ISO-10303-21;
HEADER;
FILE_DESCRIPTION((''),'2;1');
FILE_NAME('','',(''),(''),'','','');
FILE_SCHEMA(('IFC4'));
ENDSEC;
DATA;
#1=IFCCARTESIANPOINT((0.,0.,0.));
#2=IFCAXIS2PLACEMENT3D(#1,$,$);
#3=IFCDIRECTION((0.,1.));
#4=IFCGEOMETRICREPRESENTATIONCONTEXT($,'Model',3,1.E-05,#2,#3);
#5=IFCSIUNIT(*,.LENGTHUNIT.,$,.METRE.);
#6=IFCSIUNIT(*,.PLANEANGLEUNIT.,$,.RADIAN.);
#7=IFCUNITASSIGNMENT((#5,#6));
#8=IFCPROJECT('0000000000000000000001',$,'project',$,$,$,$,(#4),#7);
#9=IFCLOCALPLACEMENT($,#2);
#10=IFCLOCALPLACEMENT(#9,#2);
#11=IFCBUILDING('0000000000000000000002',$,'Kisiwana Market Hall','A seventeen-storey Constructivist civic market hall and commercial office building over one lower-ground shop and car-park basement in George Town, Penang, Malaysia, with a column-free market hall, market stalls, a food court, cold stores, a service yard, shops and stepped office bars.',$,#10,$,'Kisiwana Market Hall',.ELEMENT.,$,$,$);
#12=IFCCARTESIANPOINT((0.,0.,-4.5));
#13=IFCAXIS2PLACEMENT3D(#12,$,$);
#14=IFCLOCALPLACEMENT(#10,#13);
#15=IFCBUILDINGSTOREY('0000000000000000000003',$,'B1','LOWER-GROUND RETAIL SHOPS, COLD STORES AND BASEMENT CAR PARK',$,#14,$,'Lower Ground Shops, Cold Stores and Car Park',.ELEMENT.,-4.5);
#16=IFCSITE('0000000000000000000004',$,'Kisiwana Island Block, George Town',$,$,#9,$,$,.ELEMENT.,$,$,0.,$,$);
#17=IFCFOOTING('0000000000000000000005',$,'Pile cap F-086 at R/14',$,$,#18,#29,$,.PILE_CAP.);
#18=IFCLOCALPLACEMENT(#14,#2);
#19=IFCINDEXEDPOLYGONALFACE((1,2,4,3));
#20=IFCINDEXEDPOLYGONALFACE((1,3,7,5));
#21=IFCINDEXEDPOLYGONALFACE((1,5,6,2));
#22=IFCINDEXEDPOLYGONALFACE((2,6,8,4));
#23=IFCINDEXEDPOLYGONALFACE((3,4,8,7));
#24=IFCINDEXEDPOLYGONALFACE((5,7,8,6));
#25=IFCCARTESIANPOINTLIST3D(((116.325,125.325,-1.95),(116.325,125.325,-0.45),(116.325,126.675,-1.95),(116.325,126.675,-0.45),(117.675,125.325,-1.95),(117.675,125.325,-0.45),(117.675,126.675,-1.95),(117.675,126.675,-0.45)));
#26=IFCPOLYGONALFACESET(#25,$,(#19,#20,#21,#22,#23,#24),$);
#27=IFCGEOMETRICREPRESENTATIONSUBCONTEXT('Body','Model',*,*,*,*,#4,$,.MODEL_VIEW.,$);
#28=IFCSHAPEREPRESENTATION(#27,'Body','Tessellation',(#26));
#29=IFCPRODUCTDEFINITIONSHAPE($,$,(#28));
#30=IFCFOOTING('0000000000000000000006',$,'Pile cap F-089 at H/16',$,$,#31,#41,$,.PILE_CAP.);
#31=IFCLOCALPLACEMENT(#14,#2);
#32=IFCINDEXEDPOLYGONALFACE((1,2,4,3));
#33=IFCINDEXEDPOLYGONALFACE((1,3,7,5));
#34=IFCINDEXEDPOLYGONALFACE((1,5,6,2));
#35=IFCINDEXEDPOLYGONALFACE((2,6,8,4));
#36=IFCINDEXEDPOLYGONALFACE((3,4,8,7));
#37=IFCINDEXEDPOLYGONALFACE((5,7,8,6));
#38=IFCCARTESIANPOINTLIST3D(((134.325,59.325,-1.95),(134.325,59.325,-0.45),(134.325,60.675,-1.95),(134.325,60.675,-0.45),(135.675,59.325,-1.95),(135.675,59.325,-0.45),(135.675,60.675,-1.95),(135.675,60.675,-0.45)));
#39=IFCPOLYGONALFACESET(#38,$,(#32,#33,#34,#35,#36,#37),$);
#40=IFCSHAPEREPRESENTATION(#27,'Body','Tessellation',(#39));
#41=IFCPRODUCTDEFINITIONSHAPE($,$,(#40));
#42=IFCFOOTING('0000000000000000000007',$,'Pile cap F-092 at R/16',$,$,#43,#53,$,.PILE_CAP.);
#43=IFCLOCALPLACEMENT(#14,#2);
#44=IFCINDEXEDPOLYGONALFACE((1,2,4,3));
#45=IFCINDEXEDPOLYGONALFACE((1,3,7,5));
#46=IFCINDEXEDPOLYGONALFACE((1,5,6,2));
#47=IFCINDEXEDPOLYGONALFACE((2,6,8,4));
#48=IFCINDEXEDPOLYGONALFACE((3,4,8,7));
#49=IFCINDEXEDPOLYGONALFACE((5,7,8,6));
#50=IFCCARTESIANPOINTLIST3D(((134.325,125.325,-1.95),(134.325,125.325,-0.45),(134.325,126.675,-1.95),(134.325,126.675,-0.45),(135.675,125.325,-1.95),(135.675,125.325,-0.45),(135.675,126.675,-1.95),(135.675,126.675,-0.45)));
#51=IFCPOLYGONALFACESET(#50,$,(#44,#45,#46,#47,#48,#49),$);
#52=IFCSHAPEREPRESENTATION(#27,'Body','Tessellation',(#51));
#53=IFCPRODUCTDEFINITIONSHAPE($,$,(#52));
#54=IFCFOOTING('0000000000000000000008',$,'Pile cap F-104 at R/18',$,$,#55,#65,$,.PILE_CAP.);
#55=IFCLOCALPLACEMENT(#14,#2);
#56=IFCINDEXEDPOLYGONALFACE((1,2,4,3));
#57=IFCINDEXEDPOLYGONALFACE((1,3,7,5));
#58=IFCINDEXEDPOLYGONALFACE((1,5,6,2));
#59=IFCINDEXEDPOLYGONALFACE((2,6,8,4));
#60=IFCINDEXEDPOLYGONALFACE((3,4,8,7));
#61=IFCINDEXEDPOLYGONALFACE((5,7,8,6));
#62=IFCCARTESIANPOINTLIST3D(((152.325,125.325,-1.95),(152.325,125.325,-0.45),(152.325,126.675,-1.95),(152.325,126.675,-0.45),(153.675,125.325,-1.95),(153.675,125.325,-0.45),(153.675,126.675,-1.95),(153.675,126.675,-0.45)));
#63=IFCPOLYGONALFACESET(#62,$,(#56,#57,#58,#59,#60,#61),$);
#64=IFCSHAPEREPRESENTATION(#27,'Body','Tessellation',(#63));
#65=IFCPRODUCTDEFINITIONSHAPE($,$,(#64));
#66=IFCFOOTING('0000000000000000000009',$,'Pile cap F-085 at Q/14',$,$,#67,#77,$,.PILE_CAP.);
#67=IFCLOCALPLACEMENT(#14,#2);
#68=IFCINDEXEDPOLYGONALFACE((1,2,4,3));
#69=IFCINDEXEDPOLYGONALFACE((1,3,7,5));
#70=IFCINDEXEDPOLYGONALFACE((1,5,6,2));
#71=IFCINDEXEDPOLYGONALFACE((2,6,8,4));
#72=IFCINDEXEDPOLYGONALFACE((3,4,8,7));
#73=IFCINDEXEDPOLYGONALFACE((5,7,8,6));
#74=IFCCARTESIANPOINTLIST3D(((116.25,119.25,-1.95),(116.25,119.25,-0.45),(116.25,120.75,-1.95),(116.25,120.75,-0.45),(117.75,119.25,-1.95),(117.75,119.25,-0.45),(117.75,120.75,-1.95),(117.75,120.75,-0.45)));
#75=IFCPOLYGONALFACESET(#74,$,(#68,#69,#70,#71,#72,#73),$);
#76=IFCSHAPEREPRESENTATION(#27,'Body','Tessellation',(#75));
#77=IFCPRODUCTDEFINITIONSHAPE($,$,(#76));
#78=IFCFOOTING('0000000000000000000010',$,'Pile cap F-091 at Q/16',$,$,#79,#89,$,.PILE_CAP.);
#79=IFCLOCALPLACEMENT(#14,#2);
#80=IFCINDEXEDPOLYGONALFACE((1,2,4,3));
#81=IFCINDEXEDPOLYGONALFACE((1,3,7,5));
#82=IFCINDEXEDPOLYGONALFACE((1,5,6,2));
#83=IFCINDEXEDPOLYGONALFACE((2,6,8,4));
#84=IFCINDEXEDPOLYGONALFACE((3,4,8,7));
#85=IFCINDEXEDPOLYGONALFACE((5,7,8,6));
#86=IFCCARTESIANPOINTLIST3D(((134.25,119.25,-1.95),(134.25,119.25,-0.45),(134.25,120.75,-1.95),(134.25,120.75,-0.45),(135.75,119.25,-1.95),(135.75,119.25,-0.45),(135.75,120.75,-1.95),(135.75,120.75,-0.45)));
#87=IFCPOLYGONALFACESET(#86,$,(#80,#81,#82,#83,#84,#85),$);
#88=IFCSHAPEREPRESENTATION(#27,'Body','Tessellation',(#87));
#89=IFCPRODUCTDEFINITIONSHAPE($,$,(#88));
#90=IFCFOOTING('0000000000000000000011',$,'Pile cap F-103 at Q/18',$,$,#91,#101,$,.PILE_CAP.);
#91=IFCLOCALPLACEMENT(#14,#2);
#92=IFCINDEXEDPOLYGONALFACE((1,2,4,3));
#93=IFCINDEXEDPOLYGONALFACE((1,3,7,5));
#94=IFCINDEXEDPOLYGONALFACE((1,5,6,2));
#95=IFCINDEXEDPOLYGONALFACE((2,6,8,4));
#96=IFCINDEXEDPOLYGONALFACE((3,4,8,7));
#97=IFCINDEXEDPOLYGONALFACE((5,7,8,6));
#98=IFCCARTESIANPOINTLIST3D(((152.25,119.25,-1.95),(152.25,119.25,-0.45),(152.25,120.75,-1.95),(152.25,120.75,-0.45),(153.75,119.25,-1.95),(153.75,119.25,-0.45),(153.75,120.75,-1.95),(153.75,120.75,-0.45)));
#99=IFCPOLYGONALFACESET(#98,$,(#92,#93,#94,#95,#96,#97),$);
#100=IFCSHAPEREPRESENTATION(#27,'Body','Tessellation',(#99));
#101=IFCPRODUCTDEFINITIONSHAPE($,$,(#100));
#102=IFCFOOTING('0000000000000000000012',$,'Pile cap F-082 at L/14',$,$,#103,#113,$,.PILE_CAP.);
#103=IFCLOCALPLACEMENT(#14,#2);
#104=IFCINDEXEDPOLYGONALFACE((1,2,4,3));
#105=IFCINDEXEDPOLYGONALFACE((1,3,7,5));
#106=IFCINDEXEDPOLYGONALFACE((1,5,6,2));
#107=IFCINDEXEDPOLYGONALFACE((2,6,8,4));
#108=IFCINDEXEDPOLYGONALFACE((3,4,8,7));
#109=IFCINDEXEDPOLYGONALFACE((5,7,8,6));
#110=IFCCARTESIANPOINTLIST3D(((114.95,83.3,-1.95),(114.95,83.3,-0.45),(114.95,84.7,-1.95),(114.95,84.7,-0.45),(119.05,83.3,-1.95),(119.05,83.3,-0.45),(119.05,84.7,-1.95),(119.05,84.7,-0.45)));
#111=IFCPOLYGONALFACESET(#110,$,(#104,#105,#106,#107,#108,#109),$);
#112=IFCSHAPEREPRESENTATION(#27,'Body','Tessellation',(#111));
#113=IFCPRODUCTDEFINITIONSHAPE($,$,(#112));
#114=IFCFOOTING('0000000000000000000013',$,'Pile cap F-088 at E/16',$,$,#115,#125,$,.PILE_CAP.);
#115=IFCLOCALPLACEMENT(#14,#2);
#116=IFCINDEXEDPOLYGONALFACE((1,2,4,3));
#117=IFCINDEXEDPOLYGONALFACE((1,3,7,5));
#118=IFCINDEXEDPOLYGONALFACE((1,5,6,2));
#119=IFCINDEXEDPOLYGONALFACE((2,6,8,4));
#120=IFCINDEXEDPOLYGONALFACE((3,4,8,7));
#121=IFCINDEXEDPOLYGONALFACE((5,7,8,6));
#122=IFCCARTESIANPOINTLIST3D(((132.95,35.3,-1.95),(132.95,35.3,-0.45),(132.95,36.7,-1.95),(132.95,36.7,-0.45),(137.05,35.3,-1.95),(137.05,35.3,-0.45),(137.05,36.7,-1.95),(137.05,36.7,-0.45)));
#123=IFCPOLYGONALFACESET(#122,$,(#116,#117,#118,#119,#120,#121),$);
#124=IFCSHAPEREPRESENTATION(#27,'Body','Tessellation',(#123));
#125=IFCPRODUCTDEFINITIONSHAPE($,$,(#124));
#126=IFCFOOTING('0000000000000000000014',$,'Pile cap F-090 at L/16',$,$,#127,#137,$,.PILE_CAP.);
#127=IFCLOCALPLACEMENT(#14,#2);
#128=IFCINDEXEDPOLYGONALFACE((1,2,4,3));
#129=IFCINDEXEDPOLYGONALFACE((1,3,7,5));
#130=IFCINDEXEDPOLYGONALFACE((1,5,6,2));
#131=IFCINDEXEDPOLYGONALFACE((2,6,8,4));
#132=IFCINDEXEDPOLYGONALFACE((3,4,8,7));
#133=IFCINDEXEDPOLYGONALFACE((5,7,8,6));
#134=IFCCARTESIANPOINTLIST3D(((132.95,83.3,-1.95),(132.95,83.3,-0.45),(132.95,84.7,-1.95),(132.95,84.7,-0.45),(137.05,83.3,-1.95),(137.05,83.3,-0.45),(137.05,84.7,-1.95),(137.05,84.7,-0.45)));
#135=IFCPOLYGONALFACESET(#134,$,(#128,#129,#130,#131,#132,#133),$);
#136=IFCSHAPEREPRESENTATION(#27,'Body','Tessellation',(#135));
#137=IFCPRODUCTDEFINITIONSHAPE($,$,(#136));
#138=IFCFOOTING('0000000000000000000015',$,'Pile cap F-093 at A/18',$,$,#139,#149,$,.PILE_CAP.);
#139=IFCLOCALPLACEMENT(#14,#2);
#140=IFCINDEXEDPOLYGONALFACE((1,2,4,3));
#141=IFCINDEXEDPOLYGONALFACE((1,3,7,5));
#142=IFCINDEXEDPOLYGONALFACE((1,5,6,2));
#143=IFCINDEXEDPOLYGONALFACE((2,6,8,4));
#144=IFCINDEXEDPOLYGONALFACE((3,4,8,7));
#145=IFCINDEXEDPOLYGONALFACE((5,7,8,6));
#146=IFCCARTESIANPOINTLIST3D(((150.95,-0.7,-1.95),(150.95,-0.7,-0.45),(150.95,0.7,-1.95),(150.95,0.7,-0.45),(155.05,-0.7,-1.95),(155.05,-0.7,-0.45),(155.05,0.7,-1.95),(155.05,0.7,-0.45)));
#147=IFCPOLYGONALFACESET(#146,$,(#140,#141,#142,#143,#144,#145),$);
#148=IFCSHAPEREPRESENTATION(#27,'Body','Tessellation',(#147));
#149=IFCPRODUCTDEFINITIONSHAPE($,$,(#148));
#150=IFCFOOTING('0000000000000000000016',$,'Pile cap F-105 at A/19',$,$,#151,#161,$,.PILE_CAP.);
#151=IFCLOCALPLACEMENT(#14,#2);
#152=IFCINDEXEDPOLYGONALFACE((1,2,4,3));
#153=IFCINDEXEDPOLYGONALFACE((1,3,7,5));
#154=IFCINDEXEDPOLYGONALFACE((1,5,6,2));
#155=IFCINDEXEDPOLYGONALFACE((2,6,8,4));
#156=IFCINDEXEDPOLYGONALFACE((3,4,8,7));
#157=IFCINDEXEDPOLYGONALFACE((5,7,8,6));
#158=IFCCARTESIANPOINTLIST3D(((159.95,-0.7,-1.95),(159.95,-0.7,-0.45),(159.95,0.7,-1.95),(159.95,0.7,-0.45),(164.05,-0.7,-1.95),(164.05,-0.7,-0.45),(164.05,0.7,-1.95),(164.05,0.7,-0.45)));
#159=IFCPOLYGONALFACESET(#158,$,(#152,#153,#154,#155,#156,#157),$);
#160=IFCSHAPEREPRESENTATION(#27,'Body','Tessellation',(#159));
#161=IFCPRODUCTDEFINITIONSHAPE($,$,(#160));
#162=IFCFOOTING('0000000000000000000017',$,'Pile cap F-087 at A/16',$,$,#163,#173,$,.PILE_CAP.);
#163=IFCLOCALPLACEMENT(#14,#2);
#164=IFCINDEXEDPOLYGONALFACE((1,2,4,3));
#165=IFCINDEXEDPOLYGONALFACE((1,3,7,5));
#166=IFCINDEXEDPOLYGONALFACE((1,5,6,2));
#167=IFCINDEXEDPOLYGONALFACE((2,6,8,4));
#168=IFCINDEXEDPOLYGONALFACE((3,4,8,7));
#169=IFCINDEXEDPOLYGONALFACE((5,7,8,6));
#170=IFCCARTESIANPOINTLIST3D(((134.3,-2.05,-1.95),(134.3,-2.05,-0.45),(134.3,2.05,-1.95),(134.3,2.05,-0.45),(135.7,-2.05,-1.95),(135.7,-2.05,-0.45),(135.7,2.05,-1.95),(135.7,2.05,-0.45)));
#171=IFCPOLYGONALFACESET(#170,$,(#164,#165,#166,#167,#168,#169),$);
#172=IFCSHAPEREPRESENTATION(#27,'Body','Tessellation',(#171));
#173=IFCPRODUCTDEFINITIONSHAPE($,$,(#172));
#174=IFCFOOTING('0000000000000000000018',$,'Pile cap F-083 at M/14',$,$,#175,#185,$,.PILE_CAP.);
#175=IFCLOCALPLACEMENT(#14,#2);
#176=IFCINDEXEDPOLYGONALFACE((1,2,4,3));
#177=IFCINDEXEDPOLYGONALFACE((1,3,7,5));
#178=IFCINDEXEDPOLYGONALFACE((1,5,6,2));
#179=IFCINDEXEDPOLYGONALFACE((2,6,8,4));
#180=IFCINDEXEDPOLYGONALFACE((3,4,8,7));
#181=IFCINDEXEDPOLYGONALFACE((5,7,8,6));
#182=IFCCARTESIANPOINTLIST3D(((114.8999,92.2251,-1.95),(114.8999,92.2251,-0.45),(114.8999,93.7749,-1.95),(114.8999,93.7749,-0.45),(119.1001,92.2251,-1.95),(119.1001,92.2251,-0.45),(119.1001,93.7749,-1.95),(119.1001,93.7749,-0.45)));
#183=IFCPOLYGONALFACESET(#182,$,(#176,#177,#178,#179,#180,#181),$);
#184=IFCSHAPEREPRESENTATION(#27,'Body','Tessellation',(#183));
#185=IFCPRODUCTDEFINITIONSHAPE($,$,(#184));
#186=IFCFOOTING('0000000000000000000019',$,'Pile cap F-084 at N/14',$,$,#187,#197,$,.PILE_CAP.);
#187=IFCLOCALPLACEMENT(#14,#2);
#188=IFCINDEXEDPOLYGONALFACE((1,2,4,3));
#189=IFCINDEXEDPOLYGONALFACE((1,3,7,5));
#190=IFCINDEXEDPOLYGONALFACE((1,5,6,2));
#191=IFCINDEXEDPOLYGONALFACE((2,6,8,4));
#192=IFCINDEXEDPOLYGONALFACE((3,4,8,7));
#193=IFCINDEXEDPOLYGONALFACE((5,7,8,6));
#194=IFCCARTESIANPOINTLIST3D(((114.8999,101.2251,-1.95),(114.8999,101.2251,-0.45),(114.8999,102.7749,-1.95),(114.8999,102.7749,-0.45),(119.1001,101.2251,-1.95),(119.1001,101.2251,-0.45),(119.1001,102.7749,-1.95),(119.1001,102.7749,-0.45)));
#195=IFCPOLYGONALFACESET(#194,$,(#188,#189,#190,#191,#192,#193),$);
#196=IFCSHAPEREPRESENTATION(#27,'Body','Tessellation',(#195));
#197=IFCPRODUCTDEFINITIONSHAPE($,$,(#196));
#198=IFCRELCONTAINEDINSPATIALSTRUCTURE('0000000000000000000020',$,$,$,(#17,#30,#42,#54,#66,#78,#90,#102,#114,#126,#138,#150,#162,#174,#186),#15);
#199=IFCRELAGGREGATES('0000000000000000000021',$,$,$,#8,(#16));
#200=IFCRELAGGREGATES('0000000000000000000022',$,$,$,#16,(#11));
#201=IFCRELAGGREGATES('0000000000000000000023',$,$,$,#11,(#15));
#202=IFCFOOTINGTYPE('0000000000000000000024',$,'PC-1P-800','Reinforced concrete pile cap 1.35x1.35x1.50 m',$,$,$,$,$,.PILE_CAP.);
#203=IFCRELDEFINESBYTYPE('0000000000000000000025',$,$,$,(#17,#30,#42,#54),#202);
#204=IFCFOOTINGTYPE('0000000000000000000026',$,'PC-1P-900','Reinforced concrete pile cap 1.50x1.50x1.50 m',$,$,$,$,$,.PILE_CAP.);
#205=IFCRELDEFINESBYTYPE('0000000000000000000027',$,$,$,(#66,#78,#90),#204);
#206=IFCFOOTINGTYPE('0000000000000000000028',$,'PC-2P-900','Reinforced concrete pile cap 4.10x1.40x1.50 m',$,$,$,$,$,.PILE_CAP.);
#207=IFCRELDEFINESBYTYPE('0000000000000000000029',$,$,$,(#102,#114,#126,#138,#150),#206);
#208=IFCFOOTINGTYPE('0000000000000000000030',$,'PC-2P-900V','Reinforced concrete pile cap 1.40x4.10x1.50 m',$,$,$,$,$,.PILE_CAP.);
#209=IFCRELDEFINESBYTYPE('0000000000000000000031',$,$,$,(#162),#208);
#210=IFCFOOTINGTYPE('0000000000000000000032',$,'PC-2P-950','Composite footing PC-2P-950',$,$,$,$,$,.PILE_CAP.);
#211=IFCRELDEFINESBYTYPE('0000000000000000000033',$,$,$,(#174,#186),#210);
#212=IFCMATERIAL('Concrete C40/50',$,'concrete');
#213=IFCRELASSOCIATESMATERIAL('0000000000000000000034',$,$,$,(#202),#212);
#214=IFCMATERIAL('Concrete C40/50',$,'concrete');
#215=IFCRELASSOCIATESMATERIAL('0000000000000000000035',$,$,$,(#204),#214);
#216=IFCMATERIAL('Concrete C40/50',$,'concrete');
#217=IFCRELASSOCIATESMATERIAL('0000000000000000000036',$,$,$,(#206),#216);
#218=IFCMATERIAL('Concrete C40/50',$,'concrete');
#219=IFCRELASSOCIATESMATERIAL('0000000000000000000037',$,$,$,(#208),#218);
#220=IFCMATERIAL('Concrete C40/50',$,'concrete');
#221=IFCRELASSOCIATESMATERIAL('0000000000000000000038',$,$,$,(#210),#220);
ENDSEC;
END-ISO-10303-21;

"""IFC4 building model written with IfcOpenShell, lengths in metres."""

from ifc_helpers import new_model, si_unit, direction, frame, origin, place, context, subcontext, project, spatial, polyline, outline, extrude, material, type_object, element, save


model = new_model("IFC4")

# Units and contexts
model_context = context("Model", 3, precision=1e-05, world=origin(), true_north=direction((0.0, 1.0)))
body_context = subcontext(model_context, "Body", "Model", "MODEL_VIEW")
ifc_project = project(units=[si_unit("LENGTHUNIT", "METRE"), si_unit("PLANEANGLEUNIT", "RADIAN")], contexts=[model_context])

# Site, building, storey
site_placement = place(None, origin())
site = spatial("IfcSite", under=ifc_project, at=site_placement, Name="Kisiwana Island Block, George Town", CompositionType="ELEMENT", RefElevation=0.0)
building_placement = place(site_placement, origin())
building = spatial("IfcBuilding", under=site, at=building_placement, Name="Kisiwana Market Hall", Description="A seventeen-storey Constructivist civic market hall and commercial office building over one lower-ground shop and car-park basement in George Town, Penang, Malaysia, with a column-free market hall, market stalls, a food court, cold stores, a service yard, shops and stepped office bars.", LongName="Kisiwana Market Hall", CompositionType="ELEMENT")
storey_placement = place(building_placement, frame((0.0, 0.0, -4.5)))
storey = spatial("IfcBuildingStorey", under=building, at=storey_placement, Name="B1", Description="LOWER-GROUND RETAIL SHOPS, COLD STORES AND BASEMENT CAR PARK", LongName="Lower Ground Shops, Cold Stores and Car Park", CompositionType="ELEMENT", Elevation=-4.5)

# Footings
ifc_material_1 = material(Name="Concrete C40/50", Category="concrete")
footing_type_1 = type_object("IfcFootingType", Name="PC-1P-800", Description="Reinforced concrete pile cap 1.35x1.35x1.50 m", PredefinedType="PILE_CAP", material=ifc_material_1)
footing_1_placement = place(storey_placement, frame((0.0, 0.0, -1.95)))
element("IfcFooting", 1, at=footing_1_placement, inside=storey, type_object=footing_type_1, Name="Pile cap F-086 at R/14", PredefinedType="PILE_CAP", context=body_context, shape_type="SweptSolid", body=[
    extrude(outline(polyline([(116.325, 125.325), (117.675, 125.325), (117.675, 126.675), (116.325, 126.675), (116.325, 125.325)])), origin(), (0.0, 0.0, 1.0), 1.5),
])
footing_2_placement = place(storey_placement, frame((0.0, 0.0, -1.95)))
element("IfcFooting", 2, at=footing_2_placement, inside=storey, type_object=footing_type_1, Name="Pile cap F-089 at H/16", PredefinedType="PILE_CAP", context=body_context, shape_type="SweptSolid", body=[
    extrude(outline(polyline([(134.325, 59.325), (135.675, 59.325), (135.675, 60.675), (134.325, 60.675), (134.325, 59.325)])), origin(), (0.0, 0.0, 1.0), 1.5),
])
footing_3_placement = place(storey_placement, frame((0.0, 0.0, -1.95)))
element("IfcFooting", 3, at=footing_3_placement, inside=storey, type_object=footing_type_1, Name="Pile cap F-092 at R/16", PredefinedType="PILE_CAP", context=body_context, shape_type="SweptSolid", body=[
    extrude(outline(polyline([(134.325, 125.325), (135.675, 125.325), (135.675, 126.675), (134.325, 126.675), (134.325, 125.325)])), origin(), (0.0, 0.0, 1.0), 1.5),
])
footing_4_placement = place(storey_placement, frame((0.0, 0.0, -1.95)))
element("IfcFooting", 4, at=footing_4_placement, inside=storey, type_object=footing_type_1, Name="Pile cap F-104 at R/18", PredefinedType="PILE_CAP", context=body_context, shape_type="SweptSolid", body=[
    extrude(outline(polyline([(152.325, 125.325), (153.675, 125.325), (153.675, 126.675), (152.325, 126.675), (152.325, 125.325)])), origin(), (0.0, 0.0, 1.0), 1.5),
])
ifc_material_2 = material(Name="Concrete C40/50", Category="concrete")
footing_type_2 = type_object("IfcFootingType", Name="PC-1P-900", Description="Reinforced concrete pile cap 1.50x1.50x1.50 m", PredefinedType="PILE_CAP", material=ifc_material_2)
footing_5_placement = place(storey_placement, frame((0.0, 0.0, -1.95)))
element("IfcFooting", 5, at=footing_5_placement, inside=storey, type_object=footing_type_2, Name="Pile cap F-085 at Q/14", PredefinedType="PILE_CAP", context=body_context, shape_type="SweptSolid", body=[
    extrude(outline(polyline([(116.25, 119.25), (117.75, 119.25), (117.75, 120.75), (116.25, 120.75), (116.25, 119.25)])), origin(), (0.0, 0.0, 1.0), 1.5),
])
footing_6_placement = place(storey_placement, frame((0.0, 0.0, -1.95)))
element("IfcFooting", 6, at=footing_6_placement, inside=storey, type_object=footing_type_2, Name="Pile cap F-091 at Q/16", PredefinedType="PILE_CAP", context=body_context, shape_type="SweptSolid", body=[
    extrude(outline(polyline([(134.25, 119.25), (135.75, 119.25), (135.75, 120.75), (134.25, 120.75), (134.25, 119.25)])), origin(), (0.0, 0.0, 1.0), 1.5),
])
footing_7_placement = place(storey_placement, frame((0.0, 0.0, -1.95)))
element("IfcFooting", 7, at=footing_7_placement, inside=storey, type_object=footing_type_2, Name="Pile cap F-103 at Q/18", PredefinedType="PILE_CAP", context=body_context, shape_type="SweptSolid", body=[
    extrude(outline(polyline([(152.25, 119.25), (153.75, 119.25), (153.75, 120.75), (152.25, 120.75), (152.25, 119.25)])), origin(), (0.0, 0.0, 1.0), 1.5),
])
ifc_material_3 = material(Name="Concrete C40/50", Category="concrete")
footing_type_3 = type_object("IfcFootingType", Name="PC-2P-900", Description="Reinforced concrete pile cap 4.10x1.40x1.50 m", PredefinedType="PILE_CAP", material=ifc_material_3)
footing_8_placement = place(storey_placement, frame((0.0, 0.0, -1.95)))
element("IfcFooting", 8, at=footing_8_placement, inside=storey, type_object=footing_type_3, Name="Pile cap F-082 at L/14", PredefinedType="PILE_CAP", context=body_context, shape_type="SweptSolid", body=[
    extrude(outline(polyline([(114.95, 83.3), (119.05, 83.3), (119.05, 84.7), (114.95, 84.7), (114.95, 83.3)])), origin(), (0.0, 0.0, 1.0), 1.5),
])
footing_9_placement = place(storey_placement, frame((0.0, 0.0, -1.95)))
element("IfcFooting", 9, at=footing_9_placement, inside=storey, type_object=footing_type_3, Name="Pile cap F-088 at E/16", PredefinedType="PILE_CAP", context=body_context, shape_type="SweptSolid", body=[
    extrude(outline(polyline([(132.95, 35.3), (137.05, 35.3), (137.05, 36.7), (132.95, 36.7), (132.95, 35.3)])), origin(), (0.0, 0.0, 1.0), 1.5),
])
footing_10_placement = place(storey_placement, frame((0.0, 0.0, -1.95)))
element("IfcFooting", 10, at=footing_10_placement, inside=storey, type_object=footing_type_3, Name="Pile cap F-090 at L/16", PredefinedType="PILE_CAP", context=body_context, shape_type="SweptSolid", body=[
    extrude(outline(polyline([(132.95, 83.3), (137.05, 83.3), (137.05, 84.7), (132.95, 84.7), (132.95, 83.3)])), origin(), (0.0, 0.0, 1.0), 1.5),
])
footing_11_placement = place(storey_placement, frame((0.0, 0.0, -1.95)))
element("IfcFooting", 11, at=footing_11_placement, inside=storey, type_object=footing_type_3, Name="Pile cap F-093 at A/18", PredefinedType="PILE_CAP", context=body_context, shape_type="SweptSolid", body=[
    extrude(outline(polyline([(150.95, -0.7), (155.05, -0.7), (155.05, 0.7), (150.95, 0.7), (150.95, -0.7)])), origin(), (0.0, 0.0, 1.0), 1.5),
])
footing_12_placement = place(storey_placement, frame((0.0, 0.0, -1.95)))
element("IfcFooting", 12, at=footing_12_placement, inside=storey, type_object=footing_type_3, Name="Pile cap F-105 at A/19", PredefinedType="PILE_CAP", context=body_context, shape_type="SweptSolid", body=[
    extrude(outline(polyline([(159.95, -0.7), (164.05, -0.7), (164.05, 0.7), (159.95, 0.7), (159.95, -0.7)])), origin(), (0.0, 0.0, 1.0), 1.5),
])
ifc_material_4 = material(Name="Concrete C40/50", Category="concrete")
footing_type_4 = type_object("IfcFootingType", Name="PC-2P-900V", Description="Reinforced concrete pile cap 1.40x4.10x1.50 m", PredefinedType="PILE_CAP", material=ifc_material_4)
footing_13_placement = place(storey_placement, frame((0.0, 0.0, -1.95)))
element("IfcFooting", 13, at=footing_13_placement, inside=storey, type_object=footing_type_4, Name="Pile cap F-087 at A/16", PredefinedType="PILE_CAP", context=body_context, shape_type="SweptSolid", body=[
    extrude(outline(polyline([(134.3, -2.05), (135.7, -2.05), (135.7, 2.05), (134.3, 2.05), (134.3, -2.05)])), origin(), (0.0, 0.0, 1.0), 1.5),
])
ifc_material_5 = material(Name="Concrete C40/50", Category="concrete")
footing_type_5 = type_object("IfcFootingType", Name="PC-2P-950", Description="Composite footing PC-2P-950", PredefinedType="PILE_CAP", material=ifc_material_5)
footing_14_placement = place(storey_placement, frame((0.0, 0.0, -1.95)))
element("IfcFooting", 14, at=footing_14_placement, inside=storey, type_object=footing_type_5, Name="Pile cap F-083 at M/14", PredefinedType="PILE_CAP", context=body_context, shape_type="SweptSolid", body=[
    extrude(outline(polyline([(114.8999, 92.2251), (119.1001, 92.2251), (119.1001, 93.7749), (114.8999, 93.7749), (114.8999, 92.2251)])), origin(), (0.0, 0.0, 1.0), 1.5),
])
footing_15_placement = place(storey_placement, frame((0.0, 0.0, -1.95)))
element("IfcFooting", 15, at=footing_15_placement, inside=storey, type_object=footing_type_5, Name="Pile cap F-084 at N/14", PredefinedType="PILE_CAP", context=body_context, shape_type="SweptSolid", body=[
    extrude(outline(polyline([(114.8999, 101.2251), (119.1001, 101.2251), (119.1001, 102.7749), (114.8999, 102.7749), (114.8999, 101.2251)])), origin(), (0.0, 0.0, 1.0), 1.5),
])

save(model, "model.ifc")
